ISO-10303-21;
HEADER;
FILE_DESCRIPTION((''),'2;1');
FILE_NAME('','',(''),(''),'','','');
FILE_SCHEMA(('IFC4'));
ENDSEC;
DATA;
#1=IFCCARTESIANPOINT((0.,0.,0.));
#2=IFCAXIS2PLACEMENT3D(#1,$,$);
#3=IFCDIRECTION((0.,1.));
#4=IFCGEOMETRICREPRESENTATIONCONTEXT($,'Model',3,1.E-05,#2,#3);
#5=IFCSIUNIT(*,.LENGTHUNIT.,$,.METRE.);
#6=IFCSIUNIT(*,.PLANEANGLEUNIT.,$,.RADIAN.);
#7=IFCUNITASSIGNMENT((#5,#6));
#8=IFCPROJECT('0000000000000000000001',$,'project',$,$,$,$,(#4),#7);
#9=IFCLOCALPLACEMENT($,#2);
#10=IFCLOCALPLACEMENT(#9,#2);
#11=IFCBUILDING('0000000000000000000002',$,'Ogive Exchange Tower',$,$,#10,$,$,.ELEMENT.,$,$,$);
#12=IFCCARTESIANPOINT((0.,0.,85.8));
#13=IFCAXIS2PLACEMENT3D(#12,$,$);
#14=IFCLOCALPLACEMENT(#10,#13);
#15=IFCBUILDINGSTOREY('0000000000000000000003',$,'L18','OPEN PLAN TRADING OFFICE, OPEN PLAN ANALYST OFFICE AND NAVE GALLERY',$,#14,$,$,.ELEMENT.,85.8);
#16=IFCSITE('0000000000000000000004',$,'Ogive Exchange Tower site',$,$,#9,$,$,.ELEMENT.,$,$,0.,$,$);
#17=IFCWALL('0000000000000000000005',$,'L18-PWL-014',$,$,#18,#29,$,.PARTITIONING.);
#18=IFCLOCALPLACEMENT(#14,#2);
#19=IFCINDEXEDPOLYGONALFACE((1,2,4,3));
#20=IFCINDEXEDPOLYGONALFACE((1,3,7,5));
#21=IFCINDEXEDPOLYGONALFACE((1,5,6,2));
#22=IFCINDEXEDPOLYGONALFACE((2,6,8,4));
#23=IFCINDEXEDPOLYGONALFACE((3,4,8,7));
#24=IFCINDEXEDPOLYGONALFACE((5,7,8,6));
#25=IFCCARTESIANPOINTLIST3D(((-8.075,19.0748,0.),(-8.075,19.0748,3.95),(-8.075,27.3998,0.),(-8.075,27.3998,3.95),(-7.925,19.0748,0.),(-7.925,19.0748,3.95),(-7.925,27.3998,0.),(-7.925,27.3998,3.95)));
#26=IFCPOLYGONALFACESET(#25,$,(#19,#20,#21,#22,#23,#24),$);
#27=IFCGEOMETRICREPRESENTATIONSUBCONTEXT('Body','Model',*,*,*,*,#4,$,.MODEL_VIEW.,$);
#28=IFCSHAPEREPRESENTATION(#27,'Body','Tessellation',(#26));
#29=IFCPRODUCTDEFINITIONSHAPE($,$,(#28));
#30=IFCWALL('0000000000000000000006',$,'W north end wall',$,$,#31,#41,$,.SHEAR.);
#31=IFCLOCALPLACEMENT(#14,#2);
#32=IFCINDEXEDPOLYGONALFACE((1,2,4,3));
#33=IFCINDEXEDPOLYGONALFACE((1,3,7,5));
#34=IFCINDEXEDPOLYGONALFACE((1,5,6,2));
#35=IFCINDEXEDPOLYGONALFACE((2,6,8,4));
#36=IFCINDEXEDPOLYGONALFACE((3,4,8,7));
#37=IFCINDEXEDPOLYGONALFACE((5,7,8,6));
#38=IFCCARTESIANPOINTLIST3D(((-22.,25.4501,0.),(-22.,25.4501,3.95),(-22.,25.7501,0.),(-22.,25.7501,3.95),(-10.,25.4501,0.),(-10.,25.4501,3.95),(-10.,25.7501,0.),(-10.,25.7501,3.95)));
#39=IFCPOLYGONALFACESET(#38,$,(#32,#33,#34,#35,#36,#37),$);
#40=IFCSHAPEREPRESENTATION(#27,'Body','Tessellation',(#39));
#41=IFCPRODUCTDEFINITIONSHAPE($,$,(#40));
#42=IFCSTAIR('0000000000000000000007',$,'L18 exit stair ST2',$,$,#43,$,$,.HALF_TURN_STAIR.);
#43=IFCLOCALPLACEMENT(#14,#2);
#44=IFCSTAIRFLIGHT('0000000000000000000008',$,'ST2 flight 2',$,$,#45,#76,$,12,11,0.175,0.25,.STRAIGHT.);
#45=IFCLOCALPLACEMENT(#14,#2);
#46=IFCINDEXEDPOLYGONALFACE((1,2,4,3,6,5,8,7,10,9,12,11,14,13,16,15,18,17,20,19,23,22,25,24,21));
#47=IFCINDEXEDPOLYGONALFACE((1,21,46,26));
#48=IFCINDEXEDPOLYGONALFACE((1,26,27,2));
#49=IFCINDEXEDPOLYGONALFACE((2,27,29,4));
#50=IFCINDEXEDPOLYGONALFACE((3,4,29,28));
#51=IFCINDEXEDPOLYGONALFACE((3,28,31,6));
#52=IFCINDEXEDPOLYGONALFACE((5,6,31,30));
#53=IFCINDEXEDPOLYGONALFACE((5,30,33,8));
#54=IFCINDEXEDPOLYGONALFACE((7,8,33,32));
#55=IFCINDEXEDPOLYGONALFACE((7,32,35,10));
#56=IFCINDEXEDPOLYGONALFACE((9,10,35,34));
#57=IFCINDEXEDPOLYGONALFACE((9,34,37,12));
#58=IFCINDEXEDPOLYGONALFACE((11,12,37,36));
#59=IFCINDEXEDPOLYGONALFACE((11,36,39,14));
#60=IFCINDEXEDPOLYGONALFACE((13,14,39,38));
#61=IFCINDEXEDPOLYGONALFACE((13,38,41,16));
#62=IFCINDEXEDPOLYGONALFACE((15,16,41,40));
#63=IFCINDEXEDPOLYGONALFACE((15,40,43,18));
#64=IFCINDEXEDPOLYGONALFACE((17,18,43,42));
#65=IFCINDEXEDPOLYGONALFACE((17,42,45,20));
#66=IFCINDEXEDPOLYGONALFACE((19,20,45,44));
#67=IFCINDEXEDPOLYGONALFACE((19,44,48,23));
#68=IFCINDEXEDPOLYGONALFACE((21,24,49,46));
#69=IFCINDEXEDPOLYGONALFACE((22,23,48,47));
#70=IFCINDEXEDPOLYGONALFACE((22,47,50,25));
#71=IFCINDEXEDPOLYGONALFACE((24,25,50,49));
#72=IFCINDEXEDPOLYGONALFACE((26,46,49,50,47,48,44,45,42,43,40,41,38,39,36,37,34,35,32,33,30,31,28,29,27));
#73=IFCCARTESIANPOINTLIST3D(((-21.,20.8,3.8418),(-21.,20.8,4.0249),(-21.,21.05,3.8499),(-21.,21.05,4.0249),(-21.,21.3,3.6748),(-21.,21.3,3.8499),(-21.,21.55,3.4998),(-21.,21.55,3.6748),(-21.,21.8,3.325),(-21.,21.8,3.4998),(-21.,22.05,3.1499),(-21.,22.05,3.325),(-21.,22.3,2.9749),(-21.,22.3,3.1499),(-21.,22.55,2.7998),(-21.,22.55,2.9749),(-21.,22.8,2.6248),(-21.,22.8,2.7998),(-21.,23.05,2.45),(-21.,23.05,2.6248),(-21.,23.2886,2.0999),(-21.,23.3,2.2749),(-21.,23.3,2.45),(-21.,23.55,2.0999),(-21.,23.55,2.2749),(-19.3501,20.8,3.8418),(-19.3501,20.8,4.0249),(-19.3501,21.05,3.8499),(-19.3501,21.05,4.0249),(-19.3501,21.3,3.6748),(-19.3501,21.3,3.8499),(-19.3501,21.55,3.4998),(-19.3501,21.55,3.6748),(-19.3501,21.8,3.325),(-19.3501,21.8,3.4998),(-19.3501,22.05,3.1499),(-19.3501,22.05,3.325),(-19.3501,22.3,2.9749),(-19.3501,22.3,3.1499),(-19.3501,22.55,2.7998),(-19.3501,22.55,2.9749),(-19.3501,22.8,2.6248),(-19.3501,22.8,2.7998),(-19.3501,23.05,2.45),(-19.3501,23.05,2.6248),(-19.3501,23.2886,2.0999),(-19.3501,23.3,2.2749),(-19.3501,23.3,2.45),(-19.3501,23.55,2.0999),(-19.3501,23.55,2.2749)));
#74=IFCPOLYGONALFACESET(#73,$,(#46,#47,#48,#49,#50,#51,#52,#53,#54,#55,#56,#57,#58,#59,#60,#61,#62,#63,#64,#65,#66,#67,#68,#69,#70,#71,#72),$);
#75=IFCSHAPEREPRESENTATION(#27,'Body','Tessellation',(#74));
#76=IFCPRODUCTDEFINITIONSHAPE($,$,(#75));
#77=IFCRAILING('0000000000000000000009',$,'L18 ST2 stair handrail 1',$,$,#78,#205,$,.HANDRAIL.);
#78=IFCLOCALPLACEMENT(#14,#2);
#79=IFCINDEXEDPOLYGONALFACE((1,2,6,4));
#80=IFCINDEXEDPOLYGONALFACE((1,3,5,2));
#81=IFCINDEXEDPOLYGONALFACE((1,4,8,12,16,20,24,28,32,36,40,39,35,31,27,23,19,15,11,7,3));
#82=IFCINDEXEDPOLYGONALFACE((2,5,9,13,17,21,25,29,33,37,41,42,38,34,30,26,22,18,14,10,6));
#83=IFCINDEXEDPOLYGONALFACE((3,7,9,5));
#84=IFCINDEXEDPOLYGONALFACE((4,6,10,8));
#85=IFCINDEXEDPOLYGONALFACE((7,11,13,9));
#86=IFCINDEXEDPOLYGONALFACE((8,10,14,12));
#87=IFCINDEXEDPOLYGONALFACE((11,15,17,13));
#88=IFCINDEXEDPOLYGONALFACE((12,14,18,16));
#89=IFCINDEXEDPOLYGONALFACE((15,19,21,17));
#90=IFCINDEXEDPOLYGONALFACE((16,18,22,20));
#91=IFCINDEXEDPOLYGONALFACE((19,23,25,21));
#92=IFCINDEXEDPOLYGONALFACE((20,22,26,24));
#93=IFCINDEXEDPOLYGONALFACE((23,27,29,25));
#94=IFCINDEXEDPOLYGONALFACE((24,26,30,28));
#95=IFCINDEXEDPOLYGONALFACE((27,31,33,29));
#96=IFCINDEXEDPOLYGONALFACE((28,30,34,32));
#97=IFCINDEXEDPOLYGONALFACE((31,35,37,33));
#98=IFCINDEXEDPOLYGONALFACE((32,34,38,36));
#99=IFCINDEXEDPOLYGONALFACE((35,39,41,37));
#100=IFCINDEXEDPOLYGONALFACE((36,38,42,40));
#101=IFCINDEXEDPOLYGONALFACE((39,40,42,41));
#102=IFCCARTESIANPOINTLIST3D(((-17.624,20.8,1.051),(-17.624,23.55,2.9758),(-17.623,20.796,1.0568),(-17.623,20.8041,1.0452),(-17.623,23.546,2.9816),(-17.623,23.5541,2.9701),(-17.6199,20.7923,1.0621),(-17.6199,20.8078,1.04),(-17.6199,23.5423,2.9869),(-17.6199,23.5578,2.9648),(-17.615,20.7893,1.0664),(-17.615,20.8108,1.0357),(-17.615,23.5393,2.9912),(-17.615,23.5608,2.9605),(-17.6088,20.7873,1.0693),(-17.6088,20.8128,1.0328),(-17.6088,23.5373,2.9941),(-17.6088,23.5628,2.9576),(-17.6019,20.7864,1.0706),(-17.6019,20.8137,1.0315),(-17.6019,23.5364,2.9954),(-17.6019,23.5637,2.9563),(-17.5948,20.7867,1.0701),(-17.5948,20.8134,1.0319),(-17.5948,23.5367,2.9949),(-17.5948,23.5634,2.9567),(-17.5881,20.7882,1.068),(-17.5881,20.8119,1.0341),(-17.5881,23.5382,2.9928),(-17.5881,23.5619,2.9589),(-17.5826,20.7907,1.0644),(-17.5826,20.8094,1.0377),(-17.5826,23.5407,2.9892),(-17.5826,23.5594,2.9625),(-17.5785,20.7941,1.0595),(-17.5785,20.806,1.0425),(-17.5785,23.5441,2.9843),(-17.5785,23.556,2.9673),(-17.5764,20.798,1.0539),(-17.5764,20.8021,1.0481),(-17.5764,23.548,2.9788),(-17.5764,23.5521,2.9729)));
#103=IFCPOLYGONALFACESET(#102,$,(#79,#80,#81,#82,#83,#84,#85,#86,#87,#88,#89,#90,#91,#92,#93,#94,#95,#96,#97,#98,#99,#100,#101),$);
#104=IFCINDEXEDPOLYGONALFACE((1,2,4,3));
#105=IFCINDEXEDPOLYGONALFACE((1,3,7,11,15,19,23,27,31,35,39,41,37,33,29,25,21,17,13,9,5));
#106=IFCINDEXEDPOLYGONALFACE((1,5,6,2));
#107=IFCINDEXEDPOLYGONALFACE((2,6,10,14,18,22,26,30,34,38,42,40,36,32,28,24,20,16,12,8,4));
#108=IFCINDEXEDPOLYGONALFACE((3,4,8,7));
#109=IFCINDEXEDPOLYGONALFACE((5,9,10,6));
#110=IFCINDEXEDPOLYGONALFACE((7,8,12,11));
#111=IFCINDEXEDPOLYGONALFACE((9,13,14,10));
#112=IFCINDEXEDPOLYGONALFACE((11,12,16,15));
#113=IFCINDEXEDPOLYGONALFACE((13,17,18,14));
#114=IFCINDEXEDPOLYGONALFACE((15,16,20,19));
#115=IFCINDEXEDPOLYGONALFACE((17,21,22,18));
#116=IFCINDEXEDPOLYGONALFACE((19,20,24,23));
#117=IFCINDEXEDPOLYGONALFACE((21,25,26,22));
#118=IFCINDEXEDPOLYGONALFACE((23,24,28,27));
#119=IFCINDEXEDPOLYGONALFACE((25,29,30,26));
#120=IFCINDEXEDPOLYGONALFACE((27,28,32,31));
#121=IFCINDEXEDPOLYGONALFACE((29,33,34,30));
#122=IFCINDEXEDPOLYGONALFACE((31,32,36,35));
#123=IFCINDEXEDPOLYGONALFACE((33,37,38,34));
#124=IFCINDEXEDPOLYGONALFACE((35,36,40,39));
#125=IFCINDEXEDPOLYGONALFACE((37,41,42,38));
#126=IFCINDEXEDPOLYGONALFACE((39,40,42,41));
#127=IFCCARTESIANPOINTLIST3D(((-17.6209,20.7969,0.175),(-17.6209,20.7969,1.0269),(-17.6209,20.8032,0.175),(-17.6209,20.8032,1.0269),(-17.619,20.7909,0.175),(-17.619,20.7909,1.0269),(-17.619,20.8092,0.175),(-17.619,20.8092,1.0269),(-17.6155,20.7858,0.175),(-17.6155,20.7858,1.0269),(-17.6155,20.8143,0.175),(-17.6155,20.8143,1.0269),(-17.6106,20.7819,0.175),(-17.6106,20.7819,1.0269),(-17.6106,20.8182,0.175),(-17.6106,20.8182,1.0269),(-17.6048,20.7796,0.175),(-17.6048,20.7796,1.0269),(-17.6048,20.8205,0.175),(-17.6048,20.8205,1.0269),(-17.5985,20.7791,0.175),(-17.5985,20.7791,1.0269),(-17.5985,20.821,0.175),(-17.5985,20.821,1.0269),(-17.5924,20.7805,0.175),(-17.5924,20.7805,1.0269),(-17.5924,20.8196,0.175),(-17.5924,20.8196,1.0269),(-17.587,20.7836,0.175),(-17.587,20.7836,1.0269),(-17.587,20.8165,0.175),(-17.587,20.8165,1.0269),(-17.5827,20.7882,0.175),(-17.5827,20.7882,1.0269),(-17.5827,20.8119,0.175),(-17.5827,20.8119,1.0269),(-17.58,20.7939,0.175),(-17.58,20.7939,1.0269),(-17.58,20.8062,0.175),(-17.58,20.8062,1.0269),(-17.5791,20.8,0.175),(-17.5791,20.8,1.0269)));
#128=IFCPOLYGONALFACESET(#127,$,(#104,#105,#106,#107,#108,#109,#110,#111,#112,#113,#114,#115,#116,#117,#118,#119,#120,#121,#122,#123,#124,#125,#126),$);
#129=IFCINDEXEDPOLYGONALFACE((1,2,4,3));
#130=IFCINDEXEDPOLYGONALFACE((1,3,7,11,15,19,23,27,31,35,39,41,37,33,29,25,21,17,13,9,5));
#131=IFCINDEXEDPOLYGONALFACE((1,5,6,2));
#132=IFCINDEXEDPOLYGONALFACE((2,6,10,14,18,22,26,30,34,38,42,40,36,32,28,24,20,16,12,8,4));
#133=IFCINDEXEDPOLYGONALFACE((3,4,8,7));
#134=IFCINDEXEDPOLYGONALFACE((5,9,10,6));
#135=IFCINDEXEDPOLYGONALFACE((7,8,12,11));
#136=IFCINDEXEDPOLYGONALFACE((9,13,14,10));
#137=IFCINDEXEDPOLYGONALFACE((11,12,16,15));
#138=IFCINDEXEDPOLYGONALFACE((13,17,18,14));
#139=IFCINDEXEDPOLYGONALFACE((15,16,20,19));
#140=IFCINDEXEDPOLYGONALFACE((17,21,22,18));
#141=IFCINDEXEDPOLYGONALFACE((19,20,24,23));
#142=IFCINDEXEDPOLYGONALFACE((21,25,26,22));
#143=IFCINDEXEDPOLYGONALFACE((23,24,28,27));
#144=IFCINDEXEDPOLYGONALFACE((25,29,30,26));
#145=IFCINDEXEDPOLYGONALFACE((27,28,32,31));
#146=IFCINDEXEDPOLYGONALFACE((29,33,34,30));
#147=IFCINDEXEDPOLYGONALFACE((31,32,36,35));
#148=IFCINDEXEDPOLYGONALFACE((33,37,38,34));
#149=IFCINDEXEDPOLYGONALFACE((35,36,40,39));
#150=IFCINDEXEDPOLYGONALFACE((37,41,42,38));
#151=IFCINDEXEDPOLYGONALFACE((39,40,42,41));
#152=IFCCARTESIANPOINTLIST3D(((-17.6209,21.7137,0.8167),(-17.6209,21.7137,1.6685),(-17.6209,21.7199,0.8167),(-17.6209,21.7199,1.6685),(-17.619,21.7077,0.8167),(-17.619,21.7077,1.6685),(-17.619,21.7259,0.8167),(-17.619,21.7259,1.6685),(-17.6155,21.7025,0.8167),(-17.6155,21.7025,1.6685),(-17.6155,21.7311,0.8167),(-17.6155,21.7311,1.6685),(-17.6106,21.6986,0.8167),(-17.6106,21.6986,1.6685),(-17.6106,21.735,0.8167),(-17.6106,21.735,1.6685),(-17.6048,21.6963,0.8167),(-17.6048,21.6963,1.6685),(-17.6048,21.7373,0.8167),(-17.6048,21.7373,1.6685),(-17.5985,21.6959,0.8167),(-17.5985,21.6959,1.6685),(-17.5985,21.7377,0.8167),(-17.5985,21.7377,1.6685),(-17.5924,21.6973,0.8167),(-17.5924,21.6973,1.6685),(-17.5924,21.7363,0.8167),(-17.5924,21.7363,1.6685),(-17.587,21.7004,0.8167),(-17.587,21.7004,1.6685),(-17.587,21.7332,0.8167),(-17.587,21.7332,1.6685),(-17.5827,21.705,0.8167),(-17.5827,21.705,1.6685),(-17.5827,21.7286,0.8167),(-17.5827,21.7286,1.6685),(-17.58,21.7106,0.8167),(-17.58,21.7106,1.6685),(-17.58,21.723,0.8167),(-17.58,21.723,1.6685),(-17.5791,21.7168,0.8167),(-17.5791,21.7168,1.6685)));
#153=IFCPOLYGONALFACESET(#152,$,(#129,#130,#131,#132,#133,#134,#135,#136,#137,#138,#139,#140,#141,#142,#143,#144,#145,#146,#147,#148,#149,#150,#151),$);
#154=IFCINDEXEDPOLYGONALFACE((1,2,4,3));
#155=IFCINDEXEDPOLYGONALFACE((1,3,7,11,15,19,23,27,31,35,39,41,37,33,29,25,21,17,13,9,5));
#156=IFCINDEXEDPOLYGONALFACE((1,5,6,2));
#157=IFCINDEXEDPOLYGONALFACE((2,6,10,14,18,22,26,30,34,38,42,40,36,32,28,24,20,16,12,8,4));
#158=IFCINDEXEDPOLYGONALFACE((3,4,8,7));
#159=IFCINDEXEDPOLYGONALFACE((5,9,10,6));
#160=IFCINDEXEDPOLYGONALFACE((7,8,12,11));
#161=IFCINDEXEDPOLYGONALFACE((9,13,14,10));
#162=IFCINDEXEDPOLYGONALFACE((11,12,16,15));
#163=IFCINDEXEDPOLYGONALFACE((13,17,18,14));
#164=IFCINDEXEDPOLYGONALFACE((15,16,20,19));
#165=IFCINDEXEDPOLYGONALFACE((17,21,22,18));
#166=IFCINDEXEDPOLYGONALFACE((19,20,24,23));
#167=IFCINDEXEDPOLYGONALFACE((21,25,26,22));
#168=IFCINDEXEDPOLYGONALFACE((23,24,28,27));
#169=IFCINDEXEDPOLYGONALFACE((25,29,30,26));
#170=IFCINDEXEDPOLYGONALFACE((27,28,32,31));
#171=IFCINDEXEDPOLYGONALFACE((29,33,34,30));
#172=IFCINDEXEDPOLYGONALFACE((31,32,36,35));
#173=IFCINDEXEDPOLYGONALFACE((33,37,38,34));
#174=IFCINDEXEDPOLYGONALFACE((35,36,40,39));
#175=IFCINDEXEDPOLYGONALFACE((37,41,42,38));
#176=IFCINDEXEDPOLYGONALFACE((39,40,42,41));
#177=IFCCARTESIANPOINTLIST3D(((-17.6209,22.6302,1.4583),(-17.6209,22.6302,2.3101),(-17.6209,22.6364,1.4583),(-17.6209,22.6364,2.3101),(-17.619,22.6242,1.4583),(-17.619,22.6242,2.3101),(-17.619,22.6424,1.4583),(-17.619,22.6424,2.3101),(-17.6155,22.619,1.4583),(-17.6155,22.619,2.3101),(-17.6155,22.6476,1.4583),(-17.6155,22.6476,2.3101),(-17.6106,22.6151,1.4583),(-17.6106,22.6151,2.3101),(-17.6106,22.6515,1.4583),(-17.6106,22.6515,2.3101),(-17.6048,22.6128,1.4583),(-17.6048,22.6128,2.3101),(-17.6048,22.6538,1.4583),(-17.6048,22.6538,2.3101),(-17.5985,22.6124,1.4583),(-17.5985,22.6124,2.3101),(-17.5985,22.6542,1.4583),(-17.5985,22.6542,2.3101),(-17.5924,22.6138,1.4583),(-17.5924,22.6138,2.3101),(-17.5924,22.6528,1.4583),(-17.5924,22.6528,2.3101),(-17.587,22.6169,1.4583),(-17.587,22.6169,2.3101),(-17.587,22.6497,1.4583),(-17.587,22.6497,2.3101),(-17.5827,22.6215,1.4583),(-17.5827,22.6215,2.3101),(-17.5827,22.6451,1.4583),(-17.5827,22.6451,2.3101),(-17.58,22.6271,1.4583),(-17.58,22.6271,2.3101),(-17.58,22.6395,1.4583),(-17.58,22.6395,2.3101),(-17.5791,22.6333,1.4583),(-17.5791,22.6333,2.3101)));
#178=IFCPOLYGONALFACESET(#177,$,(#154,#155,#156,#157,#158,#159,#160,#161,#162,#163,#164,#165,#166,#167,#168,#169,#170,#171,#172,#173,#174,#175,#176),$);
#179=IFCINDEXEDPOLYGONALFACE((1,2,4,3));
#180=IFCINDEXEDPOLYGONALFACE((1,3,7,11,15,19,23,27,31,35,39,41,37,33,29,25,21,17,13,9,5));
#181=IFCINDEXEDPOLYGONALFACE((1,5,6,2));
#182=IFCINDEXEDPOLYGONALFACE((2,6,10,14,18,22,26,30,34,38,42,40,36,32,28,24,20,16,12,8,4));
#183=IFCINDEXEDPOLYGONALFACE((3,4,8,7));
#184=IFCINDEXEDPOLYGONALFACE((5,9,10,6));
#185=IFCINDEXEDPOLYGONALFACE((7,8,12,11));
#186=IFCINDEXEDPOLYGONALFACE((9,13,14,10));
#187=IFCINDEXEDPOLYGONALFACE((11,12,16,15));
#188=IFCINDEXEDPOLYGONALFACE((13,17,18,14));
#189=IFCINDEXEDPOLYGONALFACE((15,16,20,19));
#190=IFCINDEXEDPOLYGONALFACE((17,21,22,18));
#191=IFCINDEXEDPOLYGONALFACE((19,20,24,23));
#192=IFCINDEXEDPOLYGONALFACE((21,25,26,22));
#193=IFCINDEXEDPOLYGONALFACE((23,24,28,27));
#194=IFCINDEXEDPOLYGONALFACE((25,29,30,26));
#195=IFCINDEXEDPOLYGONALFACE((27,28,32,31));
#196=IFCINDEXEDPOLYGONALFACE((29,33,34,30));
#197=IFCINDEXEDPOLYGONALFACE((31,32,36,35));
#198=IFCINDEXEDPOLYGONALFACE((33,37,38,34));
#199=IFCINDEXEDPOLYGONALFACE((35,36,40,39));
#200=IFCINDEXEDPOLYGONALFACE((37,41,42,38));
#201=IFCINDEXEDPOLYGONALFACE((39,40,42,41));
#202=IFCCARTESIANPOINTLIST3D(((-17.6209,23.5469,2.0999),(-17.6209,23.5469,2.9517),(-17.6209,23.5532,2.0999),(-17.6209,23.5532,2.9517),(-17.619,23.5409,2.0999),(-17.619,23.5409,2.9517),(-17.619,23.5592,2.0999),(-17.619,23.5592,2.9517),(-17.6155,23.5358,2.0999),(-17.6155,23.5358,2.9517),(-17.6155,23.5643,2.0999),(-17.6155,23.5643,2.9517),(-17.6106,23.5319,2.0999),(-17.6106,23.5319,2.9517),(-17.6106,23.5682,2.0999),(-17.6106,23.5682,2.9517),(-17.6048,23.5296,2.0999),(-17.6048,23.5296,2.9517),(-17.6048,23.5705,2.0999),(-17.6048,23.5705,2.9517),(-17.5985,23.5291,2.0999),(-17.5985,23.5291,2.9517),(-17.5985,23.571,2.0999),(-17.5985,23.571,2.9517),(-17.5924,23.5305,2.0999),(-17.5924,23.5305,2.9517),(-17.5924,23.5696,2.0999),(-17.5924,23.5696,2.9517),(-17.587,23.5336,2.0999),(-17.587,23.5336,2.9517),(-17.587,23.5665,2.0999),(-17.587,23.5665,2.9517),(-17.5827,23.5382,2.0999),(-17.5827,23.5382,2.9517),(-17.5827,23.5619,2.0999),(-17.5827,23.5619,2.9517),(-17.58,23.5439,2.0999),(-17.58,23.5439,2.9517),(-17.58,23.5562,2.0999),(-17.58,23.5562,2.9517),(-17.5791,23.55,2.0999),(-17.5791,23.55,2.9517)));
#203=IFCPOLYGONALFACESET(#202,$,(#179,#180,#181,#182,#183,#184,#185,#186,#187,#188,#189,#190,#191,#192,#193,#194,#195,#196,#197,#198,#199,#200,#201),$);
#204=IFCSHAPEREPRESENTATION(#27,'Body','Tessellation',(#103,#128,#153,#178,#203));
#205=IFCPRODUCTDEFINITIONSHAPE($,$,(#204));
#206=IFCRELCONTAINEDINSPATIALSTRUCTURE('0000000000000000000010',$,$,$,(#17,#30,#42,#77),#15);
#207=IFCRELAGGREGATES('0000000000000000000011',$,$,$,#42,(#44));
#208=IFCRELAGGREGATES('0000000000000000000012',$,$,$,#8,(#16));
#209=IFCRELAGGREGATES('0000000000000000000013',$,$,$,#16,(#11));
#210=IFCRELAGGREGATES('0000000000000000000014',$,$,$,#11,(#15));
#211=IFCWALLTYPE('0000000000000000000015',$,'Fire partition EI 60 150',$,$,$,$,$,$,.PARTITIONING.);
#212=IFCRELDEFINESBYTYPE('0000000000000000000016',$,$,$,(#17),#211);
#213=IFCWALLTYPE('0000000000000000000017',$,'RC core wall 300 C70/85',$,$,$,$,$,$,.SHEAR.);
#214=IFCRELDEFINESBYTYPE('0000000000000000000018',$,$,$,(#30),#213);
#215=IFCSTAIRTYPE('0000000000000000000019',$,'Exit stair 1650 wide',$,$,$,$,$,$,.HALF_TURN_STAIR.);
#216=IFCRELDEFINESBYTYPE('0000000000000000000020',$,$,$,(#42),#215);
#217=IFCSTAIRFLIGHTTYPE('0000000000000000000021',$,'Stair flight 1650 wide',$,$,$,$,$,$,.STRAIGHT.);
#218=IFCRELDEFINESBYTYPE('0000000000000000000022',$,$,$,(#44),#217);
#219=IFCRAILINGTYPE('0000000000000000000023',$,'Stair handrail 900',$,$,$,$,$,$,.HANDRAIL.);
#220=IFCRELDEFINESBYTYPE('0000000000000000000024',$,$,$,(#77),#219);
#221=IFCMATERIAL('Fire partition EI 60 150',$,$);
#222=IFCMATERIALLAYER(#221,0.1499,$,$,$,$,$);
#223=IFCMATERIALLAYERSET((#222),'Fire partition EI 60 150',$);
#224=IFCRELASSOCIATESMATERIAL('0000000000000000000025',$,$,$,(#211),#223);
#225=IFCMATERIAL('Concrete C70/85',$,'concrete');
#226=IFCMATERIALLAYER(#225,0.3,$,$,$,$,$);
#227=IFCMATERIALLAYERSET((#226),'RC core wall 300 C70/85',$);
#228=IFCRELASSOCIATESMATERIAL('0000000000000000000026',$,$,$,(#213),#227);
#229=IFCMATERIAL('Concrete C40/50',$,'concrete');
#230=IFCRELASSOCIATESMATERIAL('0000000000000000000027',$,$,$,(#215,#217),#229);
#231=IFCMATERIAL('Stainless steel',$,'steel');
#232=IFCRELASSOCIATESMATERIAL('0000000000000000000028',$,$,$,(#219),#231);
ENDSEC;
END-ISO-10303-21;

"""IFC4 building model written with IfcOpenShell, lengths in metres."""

from ifc_helpers import new_model, si_unit, direction, frame, frame_2d, origin, origin_2d, place, context, subcontext, project, spatial, polyline, rectangle, circle, outline, extrude, material, layer, layer_set, type_object, element, aggregate, save


model = new_model("IFC4")

# Units and contexts
model_context = context("Model", 3, precision=1e-05, world=origin(), true_north=direction((0.0, 1.0)))
body_context = subcontext(model_context, "Body", "Model", "MODEL_VIEW")
ifc_project = project(units=[si_unit("LENGTHUNIT", "METRE"), si_unit("PLANEANGLEUNIT", "RADIAN")], contexts=[model_context])

# Site, building, storey
site_placement = place(None, origin())
site = spatial("IfcSite", under=ifc_project, at=site_placement, Name="Ogive Exchange Tower site", CompositionType="ELEMENT", RefElevation=0.0)
building_placement = place(site_placement, origin())
building = spatial("IfcBuilding", under=site, at=building_placement, Name="Ogive Exchange Tower", CompositionType="ELEMENT")
storey_placement = place(building_placement, frame((0.0, 0.0, 85.8)))
storey = spatial("IfcBuildingStorey", under=building, at=storey_placement, Name="L18", Description="OPEN PLAN TRADING OFFICE, OPEN PLAN ANALYST OFFICE AND NAVE GALLERY", CompositionType="ELEMENT", Elevation=85.8)

# Walls
ifc_material_1 = material(Name="Fire partition EI 60 150")
ifc_layer_1 = layer(ifc_material_1, 0.1499)
ifc_layer_set_1 = layer_set([ifc_layer_1], Name="Fire partition EI 60 150")
wall_type_1 = type_object("IfcWallType", Name="Fire partition EI 60 150", PredefinedType="PARTITIONING", material=ifc_layer_set_1)
wall_1_placement = place(storey_placement, frame((-8.0, 27.3999, 0.0), z_axis=(0.0, 0.0, 1.0), x_axis=(0.0, -1.0, 0.0)))
element("IfcWall", 1, at=wall_1_placement, inside=storey, type_object=wall_type_1, Name="L18-PWL-014", PredefinedType="PARTITIONING", context=body_context, shape_type="SweptSolid", body=[
    extrude(rectangle(XDim=8.325, YDim=0.1499, at=frame_2d((4.1626, 0.0))), origin(), (0.0, 0.0, 1.0), 3.95),
])
ifc_material_2 = material(Name="Concrete C70/85", Category="concrete")
ifc_layer_2 = layer(ifc_material_2, 0.3)
ifc_layer_set_2 = layer_set([ifc_layer_2], Name="RC core wall 300 C70/85")
wall_type_2 = type_object("IfcWallType", Name="RC core wall 300 C70/85", PredefinedType="SHEAR", material=ifc_layer_set_2)
wall_2_placement = place(storey_placement, frame((-22.0, 25.6001, 0.0), z_axis=(0.0, 0.0, 1.0), x_axis=(1.0, 0.0, 0.0)))
element("IfcWall", 2, at=wall_2_placement, inside=storey, type_object=wall_type_2, Name="W north end wall", PredefinedType="SHEAR", context=body_context, shape_type="SweptSolid", body=[
    extrude(rectangle(XDim=12.0, YDim=0.3, at=frame_2d((6.0, 0.0))), origin(), (0.0, 0.0, 1.0), 3.95),
])

# Stair, stair flight
ifc_material_3 = material(Name="Concrete C40/50", Category="concrete")
stair_type = type_object("IfcStairType", Name="Exit stair 1650 wide", PredefinedType="HALF_TURN_STAIR", material=ifc_material_3)
stair_placement = place(storey_placement, origin())
stair = element("IfcStair", 3, at=stair_placement, inside=storey, type_object=stair_type, Name="L18 exit stair ST2", PredefinedType="HALF_TURN_STAIR")
stair_flight_type = type_object("IfcStairFlightType", Name="Stair flight 1650 wide", PredefinedType="STRAIGHT", material=ifc_material_3)
stair_flight_placement = place(storey_placement, frame((-20.175, 23.55, 2.0999), z_axis=(0.0, 0.0, 1.0), x_axis=(0.0, -1.0, 0.0)))
stair_flight = element("IfcStairFlight", 4, at=stair_flight_placement, type_object=stair_flight_type, Name="ST2 flight 2", NumberOfRisers=12, NumberOfTreads=11, PredefinedType="STRAIGHT", RiserHeight=0.175, TreadLength=0.25, context=body_context, shape_type="SweptSolid", body=[
    extrude(outline(polyline([(0.0, 0.0), (0.0, 0.175), (0.25, 0.175), (0.25, 0.3501), (0.5, 0.3501), (0.5, 0.5249), (0.75, 0.5249), (0.75, 0.7), (1.0, 0.7), (1.0, 0.875), (1.25, 0.875), (1.25, 1.05), (1.5, 1.05), (1.5, 1.2251), (1.75, 1.2251), (1.75, 1.3999), (2.0, 1.3999), (2.0, 1.575), (2.25, 1.575), (2.25, 1.75), (2.5, 1.75), (2.5, 1.925), (2.75, 1.925), (2.75, 2.1001), (2.75, 1.7419), (0.2615, 0.0), (0.0, 0.0)])), frame((0.0, 0.825, 0.0), z_axis=(0.0, -1.0, 0.0), x_axis=(1.0, 0.0, 0.0)), (0.0, 0.0, 1.0), 1.6499),
])
aggregate(stair, [stair_flight])

# Railing
ifc_material_4 = material(Name="Stainless steel", Category="steel")
railing_type = type_object("IfcRailingType", Name="Stair handrail 900", PredefinedType="HANDRAIL", material=ifc_material_4)
railing_1_placement = place(storey_placement, frame((-17.6001, 20.8, 0.175)))
element("IfcRailing", 5, at=railing_1_placement, inside=storey, type_object=railing_type, Name="L18 ST2 stair handrail 1", PredefinedType="HANDRAIL", context=body_context, shape_type="SweptSolid", body=[
    extrude(circle(Radius=0.0239, at=origin_2d()), frame((0.0, 0.0, 0.876), z_axis=(0.0, 0.819259, 0.573423), x_axis=(-1.0, 0.0, 0.0)), (0.0, 0.0, 1.0), 3.3567),
    extrude(circle(Radius=0.021, at=origin_2d()), origin(), (0.0, 0.0, 1.0), 0.8518),
    extrude(circle(Radius=0.021, at=origin_2d()), frame((0.0, 0.9167, 0.6416)), (0.0, 0.0, 1.0), 0.8518),
    extrude(circle(Radius=0.021, at=origin_2d()), frame((0.0, 1.8333, 1.2832)), (0.0, 0.0, 1.0), 0.8518),
    extrude(circle(Radius=0.021, at=origin_2d()), frame((0.0, 2.75, 1.9248)), (0.0, 0.0, 1.0), 0.8518),
])

save(model, "model.ifc")
